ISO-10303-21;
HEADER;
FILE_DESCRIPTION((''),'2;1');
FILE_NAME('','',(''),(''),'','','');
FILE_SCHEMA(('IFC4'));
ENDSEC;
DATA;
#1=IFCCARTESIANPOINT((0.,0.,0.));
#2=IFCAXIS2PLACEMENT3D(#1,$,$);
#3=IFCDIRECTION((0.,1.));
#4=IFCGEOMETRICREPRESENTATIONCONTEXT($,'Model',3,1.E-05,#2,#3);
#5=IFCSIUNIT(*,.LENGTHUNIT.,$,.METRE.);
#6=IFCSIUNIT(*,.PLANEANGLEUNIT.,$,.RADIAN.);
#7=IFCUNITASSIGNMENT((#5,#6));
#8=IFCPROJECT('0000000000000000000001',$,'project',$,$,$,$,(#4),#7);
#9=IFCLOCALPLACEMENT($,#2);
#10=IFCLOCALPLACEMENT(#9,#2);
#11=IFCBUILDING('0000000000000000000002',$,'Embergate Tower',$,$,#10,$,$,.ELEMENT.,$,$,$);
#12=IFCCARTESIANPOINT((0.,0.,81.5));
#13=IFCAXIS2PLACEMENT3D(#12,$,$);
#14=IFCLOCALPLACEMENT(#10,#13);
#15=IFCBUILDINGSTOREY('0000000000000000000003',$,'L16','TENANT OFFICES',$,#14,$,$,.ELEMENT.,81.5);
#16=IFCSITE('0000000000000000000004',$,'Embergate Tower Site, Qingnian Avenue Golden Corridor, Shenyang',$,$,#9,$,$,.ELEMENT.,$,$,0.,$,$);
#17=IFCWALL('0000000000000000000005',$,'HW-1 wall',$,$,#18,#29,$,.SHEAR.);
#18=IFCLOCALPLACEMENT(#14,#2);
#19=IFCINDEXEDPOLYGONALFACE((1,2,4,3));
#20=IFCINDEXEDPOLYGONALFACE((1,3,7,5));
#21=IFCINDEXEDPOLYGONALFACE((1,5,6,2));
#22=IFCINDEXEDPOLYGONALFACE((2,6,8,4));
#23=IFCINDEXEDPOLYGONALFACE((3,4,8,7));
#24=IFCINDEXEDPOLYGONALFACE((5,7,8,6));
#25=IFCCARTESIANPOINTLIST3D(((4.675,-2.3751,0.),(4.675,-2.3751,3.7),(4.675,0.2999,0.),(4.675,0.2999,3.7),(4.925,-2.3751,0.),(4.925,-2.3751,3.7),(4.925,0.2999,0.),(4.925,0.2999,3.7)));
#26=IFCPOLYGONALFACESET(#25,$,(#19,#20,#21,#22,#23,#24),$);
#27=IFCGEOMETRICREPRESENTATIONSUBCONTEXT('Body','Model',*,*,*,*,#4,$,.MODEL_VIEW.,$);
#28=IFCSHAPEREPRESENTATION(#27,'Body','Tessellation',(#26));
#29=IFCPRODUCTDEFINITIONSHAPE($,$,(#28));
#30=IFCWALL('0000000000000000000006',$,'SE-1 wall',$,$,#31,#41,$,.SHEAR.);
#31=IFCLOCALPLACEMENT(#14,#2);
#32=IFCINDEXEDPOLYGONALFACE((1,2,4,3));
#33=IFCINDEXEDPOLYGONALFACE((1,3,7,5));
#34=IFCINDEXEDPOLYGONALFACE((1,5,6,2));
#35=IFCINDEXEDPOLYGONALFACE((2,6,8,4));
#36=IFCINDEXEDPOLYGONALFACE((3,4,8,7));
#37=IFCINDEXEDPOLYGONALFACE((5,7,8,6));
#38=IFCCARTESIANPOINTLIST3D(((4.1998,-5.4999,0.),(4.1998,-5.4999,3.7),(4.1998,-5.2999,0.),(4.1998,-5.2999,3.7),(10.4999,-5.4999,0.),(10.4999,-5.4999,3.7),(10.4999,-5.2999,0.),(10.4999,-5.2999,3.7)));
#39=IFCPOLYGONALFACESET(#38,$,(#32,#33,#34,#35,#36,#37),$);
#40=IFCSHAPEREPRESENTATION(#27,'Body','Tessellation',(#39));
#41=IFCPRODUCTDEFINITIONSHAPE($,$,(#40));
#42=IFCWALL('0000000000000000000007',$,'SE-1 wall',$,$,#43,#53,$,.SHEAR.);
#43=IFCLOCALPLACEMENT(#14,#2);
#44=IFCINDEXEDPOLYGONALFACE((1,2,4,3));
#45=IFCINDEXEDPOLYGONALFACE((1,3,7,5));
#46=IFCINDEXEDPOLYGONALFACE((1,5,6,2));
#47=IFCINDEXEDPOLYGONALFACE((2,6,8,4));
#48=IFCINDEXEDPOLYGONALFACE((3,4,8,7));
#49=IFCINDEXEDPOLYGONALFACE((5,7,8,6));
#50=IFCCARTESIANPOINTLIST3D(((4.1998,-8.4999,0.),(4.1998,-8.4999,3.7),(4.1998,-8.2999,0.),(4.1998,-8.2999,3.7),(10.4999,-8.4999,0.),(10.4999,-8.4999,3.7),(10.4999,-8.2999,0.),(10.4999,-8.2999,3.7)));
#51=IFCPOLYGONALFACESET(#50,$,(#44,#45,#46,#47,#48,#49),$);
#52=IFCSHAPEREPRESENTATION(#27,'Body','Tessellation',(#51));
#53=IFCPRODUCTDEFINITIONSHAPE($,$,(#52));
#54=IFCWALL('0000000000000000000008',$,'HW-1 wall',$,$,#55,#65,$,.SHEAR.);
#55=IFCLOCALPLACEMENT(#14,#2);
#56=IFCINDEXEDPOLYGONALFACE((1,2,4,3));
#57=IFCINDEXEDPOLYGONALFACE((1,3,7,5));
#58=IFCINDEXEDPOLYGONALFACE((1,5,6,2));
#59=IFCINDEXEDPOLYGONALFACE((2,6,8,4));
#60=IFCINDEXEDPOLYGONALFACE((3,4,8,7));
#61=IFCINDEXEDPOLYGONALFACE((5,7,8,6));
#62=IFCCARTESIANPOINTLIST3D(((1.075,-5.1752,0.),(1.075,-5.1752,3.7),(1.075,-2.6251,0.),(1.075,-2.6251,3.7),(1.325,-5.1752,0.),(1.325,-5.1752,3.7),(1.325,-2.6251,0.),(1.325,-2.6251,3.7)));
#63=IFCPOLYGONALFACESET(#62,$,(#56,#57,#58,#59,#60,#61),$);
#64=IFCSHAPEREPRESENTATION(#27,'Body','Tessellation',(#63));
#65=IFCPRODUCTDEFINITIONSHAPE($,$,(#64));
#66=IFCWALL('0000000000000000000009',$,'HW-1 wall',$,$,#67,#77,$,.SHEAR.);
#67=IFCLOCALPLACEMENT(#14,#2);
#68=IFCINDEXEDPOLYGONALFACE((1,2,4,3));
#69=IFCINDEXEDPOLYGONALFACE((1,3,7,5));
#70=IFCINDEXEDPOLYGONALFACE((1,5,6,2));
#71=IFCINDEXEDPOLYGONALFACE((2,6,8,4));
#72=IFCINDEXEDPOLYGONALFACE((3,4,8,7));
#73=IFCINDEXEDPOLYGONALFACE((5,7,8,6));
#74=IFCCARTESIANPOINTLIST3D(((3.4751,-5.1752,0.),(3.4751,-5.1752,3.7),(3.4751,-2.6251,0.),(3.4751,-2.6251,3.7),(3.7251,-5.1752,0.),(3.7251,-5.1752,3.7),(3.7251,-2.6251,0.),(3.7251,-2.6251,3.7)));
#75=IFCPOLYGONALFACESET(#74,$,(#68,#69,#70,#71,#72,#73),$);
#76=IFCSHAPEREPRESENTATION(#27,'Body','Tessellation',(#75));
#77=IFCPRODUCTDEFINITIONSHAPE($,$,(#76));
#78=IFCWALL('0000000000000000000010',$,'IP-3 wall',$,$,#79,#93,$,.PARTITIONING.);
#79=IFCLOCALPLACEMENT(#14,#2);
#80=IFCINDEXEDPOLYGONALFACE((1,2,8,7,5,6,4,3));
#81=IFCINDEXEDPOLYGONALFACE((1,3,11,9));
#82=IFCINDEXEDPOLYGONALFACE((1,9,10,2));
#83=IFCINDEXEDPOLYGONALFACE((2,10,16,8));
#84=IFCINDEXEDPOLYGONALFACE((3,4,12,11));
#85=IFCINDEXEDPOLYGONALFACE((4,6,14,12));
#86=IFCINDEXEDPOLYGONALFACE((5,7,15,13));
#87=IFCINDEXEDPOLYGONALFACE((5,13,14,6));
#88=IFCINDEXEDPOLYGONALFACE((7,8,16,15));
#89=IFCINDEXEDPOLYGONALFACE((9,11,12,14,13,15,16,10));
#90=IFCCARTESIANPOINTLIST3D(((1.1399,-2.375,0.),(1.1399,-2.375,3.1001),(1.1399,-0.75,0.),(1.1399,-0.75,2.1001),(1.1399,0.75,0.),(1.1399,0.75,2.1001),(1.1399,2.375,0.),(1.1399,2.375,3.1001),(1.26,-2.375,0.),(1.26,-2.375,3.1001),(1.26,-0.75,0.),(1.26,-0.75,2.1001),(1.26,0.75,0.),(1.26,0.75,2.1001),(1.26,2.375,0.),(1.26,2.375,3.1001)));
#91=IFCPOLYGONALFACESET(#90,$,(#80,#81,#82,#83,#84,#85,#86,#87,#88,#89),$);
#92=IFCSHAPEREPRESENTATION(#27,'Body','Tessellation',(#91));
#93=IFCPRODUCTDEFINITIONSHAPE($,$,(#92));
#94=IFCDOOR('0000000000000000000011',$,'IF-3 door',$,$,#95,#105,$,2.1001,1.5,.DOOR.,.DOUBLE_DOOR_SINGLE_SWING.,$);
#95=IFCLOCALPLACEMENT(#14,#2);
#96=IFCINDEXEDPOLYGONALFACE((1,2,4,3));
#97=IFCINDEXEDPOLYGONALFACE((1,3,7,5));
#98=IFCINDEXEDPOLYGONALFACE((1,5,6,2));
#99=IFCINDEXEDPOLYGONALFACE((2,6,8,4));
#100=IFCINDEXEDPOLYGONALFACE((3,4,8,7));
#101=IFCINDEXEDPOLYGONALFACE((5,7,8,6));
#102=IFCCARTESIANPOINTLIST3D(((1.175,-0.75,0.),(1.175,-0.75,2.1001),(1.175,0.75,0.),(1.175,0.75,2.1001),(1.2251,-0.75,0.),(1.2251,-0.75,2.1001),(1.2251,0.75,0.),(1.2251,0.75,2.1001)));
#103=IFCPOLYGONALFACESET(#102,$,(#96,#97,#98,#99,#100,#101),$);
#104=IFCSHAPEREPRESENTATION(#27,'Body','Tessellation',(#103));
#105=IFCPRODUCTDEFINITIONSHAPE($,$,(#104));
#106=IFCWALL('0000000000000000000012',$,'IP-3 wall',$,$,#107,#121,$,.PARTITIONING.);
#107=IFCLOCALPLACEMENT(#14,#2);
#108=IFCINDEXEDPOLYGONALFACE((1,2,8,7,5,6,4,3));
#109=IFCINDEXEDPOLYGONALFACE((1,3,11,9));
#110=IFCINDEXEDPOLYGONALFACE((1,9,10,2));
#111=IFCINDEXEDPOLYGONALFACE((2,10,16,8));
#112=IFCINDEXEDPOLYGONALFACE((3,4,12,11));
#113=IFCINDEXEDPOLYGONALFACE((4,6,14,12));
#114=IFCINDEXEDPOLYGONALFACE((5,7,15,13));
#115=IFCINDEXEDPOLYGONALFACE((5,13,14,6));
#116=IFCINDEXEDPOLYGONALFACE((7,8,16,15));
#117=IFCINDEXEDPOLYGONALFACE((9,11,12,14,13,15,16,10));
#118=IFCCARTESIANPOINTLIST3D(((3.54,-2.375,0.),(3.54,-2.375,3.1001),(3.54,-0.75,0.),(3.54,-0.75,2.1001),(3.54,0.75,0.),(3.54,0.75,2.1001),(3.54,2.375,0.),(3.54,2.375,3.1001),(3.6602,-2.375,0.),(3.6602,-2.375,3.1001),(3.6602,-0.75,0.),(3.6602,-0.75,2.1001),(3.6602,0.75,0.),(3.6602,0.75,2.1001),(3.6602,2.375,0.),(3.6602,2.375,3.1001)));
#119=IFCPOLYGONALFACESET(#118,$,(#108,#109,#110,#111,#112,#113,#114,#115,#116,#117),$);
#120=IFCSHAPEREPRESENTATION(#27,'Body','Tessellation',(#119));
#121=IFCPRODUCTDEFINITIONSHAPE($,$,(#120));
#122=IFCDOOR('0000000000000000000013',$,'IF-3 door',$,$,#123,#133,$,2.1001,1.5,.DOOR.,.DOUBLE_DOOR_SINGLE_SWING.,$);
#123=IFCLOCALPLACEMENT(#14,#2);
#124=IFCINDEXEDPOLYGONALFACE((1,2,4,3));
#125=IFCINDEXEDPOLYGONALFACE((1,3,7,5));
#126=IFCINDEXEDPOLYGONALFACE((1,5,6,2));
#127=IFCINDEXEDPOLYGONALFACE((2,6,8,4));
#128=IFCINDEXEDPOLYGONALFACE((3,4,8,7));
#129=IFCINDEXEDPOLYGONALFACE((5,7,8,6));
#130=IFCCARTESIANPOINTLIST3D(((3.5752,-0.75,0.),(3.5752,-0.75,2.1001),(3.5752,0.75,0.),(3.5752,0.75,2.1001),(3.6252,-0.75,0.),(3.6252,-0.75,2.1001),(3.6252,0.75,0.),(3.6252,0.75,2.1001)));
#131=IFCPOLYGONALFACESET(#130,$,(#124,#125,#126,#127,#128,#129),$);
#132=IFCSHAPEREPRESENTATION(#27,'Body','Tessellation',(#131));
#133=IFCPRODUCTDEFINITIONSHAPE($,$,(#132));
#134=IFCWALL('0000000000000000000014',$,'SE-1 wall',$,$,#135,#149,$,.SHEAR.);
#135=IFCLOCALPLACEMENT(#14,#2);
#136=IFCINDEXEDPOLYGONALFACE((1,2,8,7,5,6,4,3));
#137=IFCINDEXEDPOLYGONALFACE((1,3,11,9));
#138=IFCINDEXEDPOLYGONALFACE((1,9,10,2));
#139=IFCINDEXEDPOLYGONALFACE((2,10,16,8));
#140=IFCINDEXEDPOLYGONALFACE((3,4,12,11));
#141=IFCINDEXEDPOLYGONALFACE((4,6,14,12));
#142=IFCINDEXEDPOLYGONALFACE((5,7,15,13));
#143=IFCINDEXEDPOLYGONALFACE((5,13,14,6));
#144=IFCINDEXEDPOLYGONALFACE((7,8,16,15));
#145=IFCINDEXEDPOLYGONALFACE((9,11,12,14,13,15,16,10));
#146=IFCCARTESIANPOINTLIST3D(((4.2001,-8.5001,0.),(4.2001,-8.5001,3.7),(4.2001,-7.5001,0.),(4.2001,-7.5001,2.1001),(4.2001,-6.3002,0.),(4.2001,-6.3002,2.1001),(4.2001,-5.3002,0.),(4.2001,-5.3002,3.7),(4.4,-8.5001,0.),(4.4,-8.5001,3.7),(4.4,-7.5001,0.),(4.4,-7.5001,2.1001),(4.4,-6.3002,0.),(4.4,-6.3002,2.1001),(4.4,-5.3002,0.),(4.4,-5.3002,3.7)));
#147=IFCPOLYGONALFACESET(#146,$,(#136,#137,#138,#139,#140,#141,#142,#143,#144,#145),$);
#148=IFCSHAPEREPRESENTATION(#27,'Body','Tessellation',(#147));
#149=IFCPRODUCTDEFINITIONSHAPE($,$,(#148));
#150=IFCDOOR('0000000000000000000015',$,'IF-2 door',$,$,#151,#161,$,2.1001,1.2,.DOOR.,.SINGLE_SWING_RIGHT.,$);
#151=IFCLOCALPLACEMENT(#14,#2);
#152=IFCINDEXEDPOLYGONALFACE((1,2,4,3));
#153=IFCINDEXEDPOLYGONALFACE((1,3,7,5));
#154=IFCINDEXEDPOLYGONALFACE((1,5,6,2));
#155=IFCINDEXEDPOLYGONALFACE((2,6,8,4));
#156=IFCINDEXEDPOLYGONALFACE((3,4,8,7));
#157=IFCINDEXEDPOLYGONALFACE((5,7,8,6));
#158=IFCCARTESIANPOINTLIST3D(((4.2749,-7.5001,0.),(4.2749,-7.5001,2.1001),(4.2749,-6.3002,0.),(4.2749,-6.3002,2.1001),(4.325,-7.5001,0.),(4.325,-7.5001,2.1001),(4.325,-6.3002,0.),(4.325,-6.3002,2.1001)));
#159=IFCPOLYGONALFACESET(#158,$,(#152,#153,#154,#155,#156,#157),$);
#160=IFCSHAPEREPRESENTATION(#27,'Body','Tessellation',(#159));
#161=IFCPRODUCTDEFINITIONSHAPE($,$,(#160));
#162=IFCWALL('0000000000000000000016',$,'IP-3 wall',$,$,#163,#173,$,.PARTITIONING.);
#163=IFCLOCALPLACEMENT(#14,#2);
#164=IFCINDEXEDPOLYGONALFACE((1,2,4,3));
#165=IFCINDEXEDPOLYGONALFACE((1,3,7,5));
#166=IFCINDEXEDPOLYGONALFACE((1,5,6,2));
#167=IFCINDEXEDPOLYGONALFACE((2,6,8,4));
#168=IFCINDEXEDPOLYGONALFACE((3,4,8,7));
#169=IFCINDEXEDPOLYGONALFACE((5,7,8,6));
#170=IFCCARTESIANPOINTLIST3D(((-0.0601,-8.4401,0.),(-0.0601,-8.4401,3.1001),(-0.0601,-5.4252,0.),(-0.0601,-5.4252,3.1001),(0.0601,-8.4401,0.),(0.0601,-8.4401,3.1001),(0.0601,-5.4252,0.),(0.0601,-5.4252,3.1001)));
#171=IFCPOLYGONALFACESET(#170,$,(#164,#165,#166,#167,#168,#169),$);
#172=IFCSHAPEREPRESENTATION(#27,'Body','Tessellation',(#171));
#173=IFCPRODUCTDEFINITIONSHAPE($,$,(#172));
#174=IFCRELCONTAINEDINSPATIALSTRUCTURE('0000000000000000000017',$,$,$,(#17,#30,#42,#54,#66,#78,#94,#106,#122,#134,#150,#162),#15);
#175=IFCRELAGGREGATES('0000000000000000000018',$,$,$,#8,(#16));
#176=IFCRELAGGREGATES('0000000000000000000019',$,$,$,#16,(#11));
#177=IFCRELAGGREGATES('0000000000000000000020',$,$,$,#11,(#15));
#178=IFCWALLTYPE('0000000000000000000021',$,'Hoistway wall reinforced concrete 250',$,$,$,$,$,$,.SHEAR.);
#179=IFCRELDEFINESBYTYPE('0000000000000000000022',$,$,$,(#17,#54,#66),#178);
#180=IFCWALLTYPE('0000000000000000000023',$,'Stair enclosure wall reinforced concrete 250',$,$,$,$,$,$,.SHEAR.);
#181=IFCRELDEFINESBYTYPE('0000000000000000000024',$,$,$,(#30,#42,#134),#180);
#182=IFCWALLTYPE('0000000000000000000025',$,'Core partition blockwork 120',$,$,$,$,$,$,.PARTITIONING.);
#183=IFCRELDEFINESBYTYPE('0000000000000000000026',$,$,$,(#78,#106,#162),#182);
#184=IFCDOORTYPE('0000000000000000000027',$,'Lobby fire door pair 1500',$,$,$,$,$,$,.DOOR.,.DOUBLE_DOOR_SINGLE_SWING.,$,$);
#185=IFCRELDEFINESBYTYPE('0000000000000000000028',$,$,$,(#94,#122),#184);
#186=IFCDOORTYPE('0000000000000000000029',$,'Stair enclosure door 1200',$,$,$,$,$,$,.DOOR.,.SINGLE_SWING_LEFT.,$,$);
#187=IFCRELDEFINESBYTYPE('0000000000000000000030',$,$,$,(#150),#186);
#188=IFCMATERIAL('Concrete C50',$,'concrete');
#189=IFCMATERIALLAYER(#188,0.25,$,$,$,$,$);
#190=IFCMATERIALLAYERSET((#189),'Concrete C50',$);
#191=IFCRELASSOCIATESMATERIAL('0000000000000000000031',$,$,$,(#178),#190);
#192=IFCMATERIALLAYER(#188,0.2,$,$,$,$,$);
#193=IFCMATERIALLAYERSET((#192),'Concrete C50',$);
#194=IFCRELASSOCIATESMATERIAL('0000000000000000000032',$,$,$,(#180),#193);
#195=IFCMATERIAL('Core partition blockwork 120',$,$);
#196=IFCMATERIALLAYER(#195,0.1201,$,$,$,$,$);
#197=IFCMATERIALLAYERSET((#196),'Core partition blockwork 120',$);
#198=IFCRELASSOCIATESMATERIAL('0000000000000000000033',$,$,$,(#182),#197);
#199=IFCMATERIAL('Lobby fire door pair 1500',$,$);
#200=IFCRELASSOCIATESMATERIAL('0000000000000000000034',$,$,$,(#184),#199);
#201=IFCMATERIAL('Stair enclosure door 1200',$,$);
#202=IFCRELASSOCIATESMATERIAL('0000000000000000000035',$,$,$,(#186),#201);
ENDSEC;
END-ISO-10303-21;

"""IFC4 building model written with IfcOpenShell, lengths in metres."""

from ifc_helpers import new_model, si_unit, direction, frame, frame_2d, origin, place, context, subcontext, project, spatial, rectangle, extrude, source, transform, mapped, material, layer, layer_set, type_object, element, fill, save


model = new_model("IFC4")

# Units and contexts
model_context = context("Model", 3, precision=1e-05, world=origin(), true_north=direction((0.0, 1.0)))
body_context = subcontext(model_context, "Body", "Model", "MODEL_VIEW")
ifc_project = project(units=[si_unit("LENGTHUNIT", "METRE"), si_unit("PLANEANGLEUNIT", "RADIAN")], contexts=[model_context])

# Site, building, storey
site_placement = place(None, origin())
site = spatial("IfcSite", under=ifc_project, at=site_placement, Name="Embergate Tower Site, Qingnian Avenue Golden Corridor, Shenyang", CompositionType="ELEMENT", RefElevation=0.0)
building_placement = place(site_placement, origin())
building = spatial("IfcBuilding", under=site, at=building_placement, Name="Embergate Tower", CompositionType="ELEMENT")
storey_placement = place(building_placement, frame((0.0, 0.0, 81.5)))
storey = spatial("IfcBuildingStorey", under=building, at=storey_placement, Name="L16", Description="TENANT OFFICES", CompositionType="ELEMENT", Elevation=81.5)

# Walls
ifc_material_1 = material(Name="Concrete C50", Category="concrete")
ifc_layer_1 = layer(ifc_material_1, 0.25)
ifc_layer_set_1 = layer_set([ifc_layer_1], Name="Concrete C50")
wall_type_1 = type_object("IfcWallType", Name="Hoistway wall reinforced concrete 250", PredefinedType="SHEAR", material=ifc_layer_set_1)
shared_shape_1 = source(origin(), body_context, "Body", "SweptSolid", [
    extrude(rectangle(XDim=2.675, YDim=0.25, at=frame_2d((1.3374, 0.0))), origin(), (0.0, 0.0, 1.0), 3.7),
])
wall_1_placement = place(storey_placement, frame((4.8, -2.375, 0.0), z_axis=(0.0, 0.0, 1.0), x_axis=(0.0, 1.0, 0.0)))
element("IfcWall", 1, at=wall_1_placement, inside=storey, type_object=wall_type_1, Name="HW-1 wall", PredefinedType="SHEAR", context=body_context, shape_type="MappedRepresentation", body=[
    mapped(shared_shape_1, transform((0.0, 0.0, 0.0))),
])
ifc_layer_2 = layer(ifc_material_1, 0.2)
ifc_layer_set_2 = layer_set([ifc_layer_2], Name="Concrete C50")
wall_type_2 = type_object("IfcWallType", Name="Stair enclosure wall reinforced concrete 250", PredefinedType="SHEAR", material=ifc_layer_set_2)
shared_shape_2 = source(origin(), body_context, "Body", "SweptSolid", [
    extrude(rectangle(XDim=6.3, YDim=0.2, at=frame_2d((3.1499, 0.0))), origin(), (0.0, 0.0, 1.0), 3.7),
])
for number, where, z_axis, x_axis, name in (
    (2, (4.2, -5.3999, 0.0), (0.0, 0.0, 1.0), (1.0, 0.0, 0.0), "SE-1 wall"),
    (3, (4.2, -8.3999, 0.0), (0.0, 0.0, 1.0), (1.0, 0.0, 0.0), "SE-1 wall"),
):
    element("IfcWall", number, at=place(storey_placement, frame(where, z_axis=z_axis, x_axis=x_axis)), inside=storey, type_object=wall_type_2, Name=name, PredefinedType="SHEAR", context=body_context, shape_type="MappedRepresentation", body=[
        mapped(shared_shape_2, transform((0.0, 0.0, 0.0))),
    ])
shared_shape_3 = source(origin(), body_context, "Body", "SweptSolid", [
    extrude(rectangle(XDim=2.55, YDim=0.25, at=frame_2d((1.2749, 0.0))), origin(), (0.0, 0.0, 1.0), 3.7),
])
for number, where, z_axis, x_axis, name in (
    (4, (1.2, -5.175, 0.0), (0.0, 0.0, 1.0), (0.0, 1.0, 0.0), "HW-1 wall"),
    (5, (3.6001, -5.175, 0.0), (0.0, 0.0, 1.0), (0.0, 1.0, 0.0), "HW-1 wall"),
):
    element("IfcWall", number, at=place(storey_placement, frame(where, z_axis=z_axis, x_axis=x_axis)), inside=storey, type_object=wall_type_1, Name=name, PredefinedType="SHEAR", context=body_context, shape_type="MappedRepresentation", body=[
        mapped(shared_shape_3, transform((0.0, 0.0, 0.0))),
    ])

# Walls, openings, doors
ifc_material_2 = material(Name="Core partition blockwork 120")
ifc_layer_3 = layer(ifc_material_2, 0.1201)
ifc_layer_set_3 = layer_set([ifc_layer_3], Name="Core partition blockwork 120")
wall_type_3 = type_object("IfcWallType", Name="Core partition blockwork 120", PredefinedType="PARTITIONING", material=ifc_layer_set_3)
shared_shape_4 = source(origin(), body_context, "Body", "SweptSolid", [
    extrude(rectangle(XDim=4.75, YDim=0.1201, at=frame_2d((2.375, 0.0))), origin(), (0.0, 0.0, 1.0), 3.1001),
])
wall_2_placement = place(storey_placement, frame((1.2, -2.375, 0.0), z_axis=(0.0, 0.0, 1.0), x_axis=(0.0, 1.0, 0.0)))
wall_2 = element("IfcWall", 6, at=wall_2_placement, inside=storey, type_object=wall_type_3, Name="IP-3 wall", PredefinedType="PARTITIONING", context=body_context, shape_type="MappedRepresentation", body=[
    mapped(shared_shape_4, transform((0.0, 0.0, 0.0))),
])
shared_shape_5 = source(origin(), body_context, "Body", "SweptSolid", [
    extrude(rectangle(XDim=1.5, YDim=2.1001, at=frame_2d((0.75, 1.05))), frame((0.0, 0.0701, 0.0), z_axis=(0.0, -1.0, 0.0), x_axis=(1.0, 0.0, 0.0)), (0.0, 0.0, 1.0), 0.1401),
])
opening_1_placement = place(wall_2_placement, frame((1.625, 0.0, 0.0)))
opening_1 = element("IfcOpeningElement", 7, at=opening_1_placement, cuts=wall_2, PredefinedType="OPENING", context=body_context, shape_type="MappedRepresentation", body=[
    mapped(shared_shape_5, transform((0.0, 0.0, 0.0))),
])
ifc_material_3 = material(Name="Lobby fire door pair 1500")
door_type_1 = type_object("IfcDoorType", Name="Lobby fire door pair 1500", OperationType="DOUBLE_DOOR_SINGLE_SWING", PredefinedType="DOOR", material=ifc_material_3)
shared_shape_6 = source(origin(), body_context, "Body", "SweptSolid", [
    extrude(rectangle(XDim=1.5, YDim=2.1001, at=frame_2d((0.75, 1.05))), frame((0.0, 0.0249, 0.0), z_axis=(0.0, -1.0, 0.0), x_axis=(1.0, 0.0, 0.0)), (0.0, 0.0, 1.0), 0.05),
])
door_1_placement = place(opening_1_placement, origin())
door_1 = element("IfcDoor", 8, at=door_1_placement, inside=storey, type_object=door_type_1, Name="IF-3 door", OperationType="DOUBLE_DOOR_SINGLE_SWING", OverallHeight=2.1001, OverallWidth=1.5, PredefinedType="DOOR", context=body_context, shape_type="MappedRepresentation", body=[
    mapped(shared_shape_6, transform((0.0, 0.0, 0.0))),
])
fill(opening_1, door_1)
wall_3_placement = place(storey_placement, frame((3.6001, -2.375, 0.0), z_axis=(0.0, 0.0, 1.0), x_axis=(0.0, 1.0, 0.0)))
wall_3 = element("IfcWall", 9, at=wall_3_placement, inside=storey, type_object=wall_type_3, Name="IP-3 wall", PredefinedType="PARTITIONING", context=body_context, shape_type="MappedRepresentation", body=[
    mapped(shared_shape_4, transform((0.0, 0.0, 0.0))),
])
opening_2_placement = place(wall_3_placement, frame((1.625, 0.0, 0.0)))
opening_2 = element("IfcOpeningElement", 10, at=opening_2_placement, cuts=wall_3, PredefinedType="OPENING", context=body_context, shape_type="MappedRepresentation", body=[
    mapped(shared_shape_5, transform((0.0, 0.0, 0.0))),
])
door_2_placement = place(opening_2_placement, origin())
door_2 = element("IfcDoor", 11, at=door_2_placement, inside=storey, type_object=door_type_1, Name="IF-3 door", OperationType="DOUBLE_DOOR_SINGLE_SWING", OverallHeight=2.1001, OverallWidth=1.5, PredefinedType="DOOR", context=body_context, shape_type="MappedRepresentation", body=[
    mapped(shared_shape_6, transform((0.0, 0.0, 0.0))),
])
fill(opening_2, door_2)
shared_shape_7 = source(origin(), body_context, "Body", "SweptSolid", [
    extrude(rectangle(XDim=3.2, YDim=0.2, at=frame_2d((1.6001, 0.0))), origin(), (0.0, 0.0, 1.0), 3.7),
])
wall_4_placement = place(storey_placement, frame((4.3, -5.3, 0.0), z_axis=(0.0, 0.0, 1.0), x_axis=(0.0, -1.0, 0.0)))
wall_4 = element("IfcWall", 12, at=wall_4_placement, inside=storey, type_object=wall_type_2, Name="SE-1 wall", PredefinedType="SHEAR", context=body_context, shape_type="MappedRepresentation", body=[
    mapped(shared_shape_7, transform((0.0, 0.0, 0.0))),
])
shared_shape_8 = source(origin(), body_context, "Body", "SweptSolid", [
    extrude(rectangle(XDim=1.2, YDim=2.1001, at=frame_2d((0.6001, 1.05))), frame((0.0, 0.1099, 0.0), z_axis=(0.0, -1.0, 0.0), x_axis=(1.0, 0.0, 0.0)), (0.0, 0.0, 1.0), 0.22),
])
opening_3_placement = place(wall_4_placement, frame((1.0, 0.0, 0.0)))
opening_3 = element("IfcOpeningElement", 13, at=opening_3_placement, cuts=wall_4, PredefinedType="OPENING", context=body_context, shape_type="MappedRepresentation", body=[
    mapped(shared_shape_8, transform((0.0, 0.0, 0.0))),
])
ifc_material_4 = material(Name="Stair enclosure door 1200")
door_type_2 = type_object("IfcDoorType", Name="Stair enclosure door 1200", OperationType="SINGLE_SWING_LEFT", PredefinedType="DOOR", material=ifc_material_4)
shared_shape_9 = source(origin(), body_context, "Body", "SweptSolid", [
    extrude(rectangle(XDim=1.2, YDim=2.1001, at=frame_2d((0.6001, 1.05))), frame((0.0, 0.0249, 0.0), z_axis=(0.0, -1.0, 0.0), x_axis=(1.0, 0.0, 0.0)), (0.0, 0.0, 1.0), 0.05),
])
door_3_placement = place(opening_3_placement, origin())
door_3 = element("IfcDoor", 14, at=door_3_placement, inside=storey, type_object=door_type_2, Name="IF-2 door", OperationType="SINGLE_SWING_RIGHT", OverallHeight=2.1001, OverallWidth=1.2, PredefinedType="DOOR", context=body_context, shape_type="MappedRepresentation", body=[
    mapped(shared_shape_9, transform((0.0, 0.0, 0.0))),
])
fill(opening_3, door_3)

# Wall
shared_shape_10 = source(origin(), body_context, "Body", "SweptSolid", [
    extrude(rectangle(XDim=3.0149, YDim=0.1201, at=frame_2d((1.5073, 0.0))), origin(), (0.0, 0.0, 1.0), 3.1001),
])
wall_5_placement = place(storey_placement, frame((0.0, -8.4399, 0.0), z_axis=(0.0, 0.0, 1.0), x_axis=(0.0, 1.0, 0.0)))
element("IfcWall", 15, at=wall_5_placement, inside=storey, type_object=wall_type_3, Name="IP-3 wall", PredefinedType="PARTITIONING", context=body_context, shape_type="MappedRepresentation", body=[
    mapped(shared_shape_10, transform((0.0, 0.0, 0.0))),
])

save(model, "model.ifc")
